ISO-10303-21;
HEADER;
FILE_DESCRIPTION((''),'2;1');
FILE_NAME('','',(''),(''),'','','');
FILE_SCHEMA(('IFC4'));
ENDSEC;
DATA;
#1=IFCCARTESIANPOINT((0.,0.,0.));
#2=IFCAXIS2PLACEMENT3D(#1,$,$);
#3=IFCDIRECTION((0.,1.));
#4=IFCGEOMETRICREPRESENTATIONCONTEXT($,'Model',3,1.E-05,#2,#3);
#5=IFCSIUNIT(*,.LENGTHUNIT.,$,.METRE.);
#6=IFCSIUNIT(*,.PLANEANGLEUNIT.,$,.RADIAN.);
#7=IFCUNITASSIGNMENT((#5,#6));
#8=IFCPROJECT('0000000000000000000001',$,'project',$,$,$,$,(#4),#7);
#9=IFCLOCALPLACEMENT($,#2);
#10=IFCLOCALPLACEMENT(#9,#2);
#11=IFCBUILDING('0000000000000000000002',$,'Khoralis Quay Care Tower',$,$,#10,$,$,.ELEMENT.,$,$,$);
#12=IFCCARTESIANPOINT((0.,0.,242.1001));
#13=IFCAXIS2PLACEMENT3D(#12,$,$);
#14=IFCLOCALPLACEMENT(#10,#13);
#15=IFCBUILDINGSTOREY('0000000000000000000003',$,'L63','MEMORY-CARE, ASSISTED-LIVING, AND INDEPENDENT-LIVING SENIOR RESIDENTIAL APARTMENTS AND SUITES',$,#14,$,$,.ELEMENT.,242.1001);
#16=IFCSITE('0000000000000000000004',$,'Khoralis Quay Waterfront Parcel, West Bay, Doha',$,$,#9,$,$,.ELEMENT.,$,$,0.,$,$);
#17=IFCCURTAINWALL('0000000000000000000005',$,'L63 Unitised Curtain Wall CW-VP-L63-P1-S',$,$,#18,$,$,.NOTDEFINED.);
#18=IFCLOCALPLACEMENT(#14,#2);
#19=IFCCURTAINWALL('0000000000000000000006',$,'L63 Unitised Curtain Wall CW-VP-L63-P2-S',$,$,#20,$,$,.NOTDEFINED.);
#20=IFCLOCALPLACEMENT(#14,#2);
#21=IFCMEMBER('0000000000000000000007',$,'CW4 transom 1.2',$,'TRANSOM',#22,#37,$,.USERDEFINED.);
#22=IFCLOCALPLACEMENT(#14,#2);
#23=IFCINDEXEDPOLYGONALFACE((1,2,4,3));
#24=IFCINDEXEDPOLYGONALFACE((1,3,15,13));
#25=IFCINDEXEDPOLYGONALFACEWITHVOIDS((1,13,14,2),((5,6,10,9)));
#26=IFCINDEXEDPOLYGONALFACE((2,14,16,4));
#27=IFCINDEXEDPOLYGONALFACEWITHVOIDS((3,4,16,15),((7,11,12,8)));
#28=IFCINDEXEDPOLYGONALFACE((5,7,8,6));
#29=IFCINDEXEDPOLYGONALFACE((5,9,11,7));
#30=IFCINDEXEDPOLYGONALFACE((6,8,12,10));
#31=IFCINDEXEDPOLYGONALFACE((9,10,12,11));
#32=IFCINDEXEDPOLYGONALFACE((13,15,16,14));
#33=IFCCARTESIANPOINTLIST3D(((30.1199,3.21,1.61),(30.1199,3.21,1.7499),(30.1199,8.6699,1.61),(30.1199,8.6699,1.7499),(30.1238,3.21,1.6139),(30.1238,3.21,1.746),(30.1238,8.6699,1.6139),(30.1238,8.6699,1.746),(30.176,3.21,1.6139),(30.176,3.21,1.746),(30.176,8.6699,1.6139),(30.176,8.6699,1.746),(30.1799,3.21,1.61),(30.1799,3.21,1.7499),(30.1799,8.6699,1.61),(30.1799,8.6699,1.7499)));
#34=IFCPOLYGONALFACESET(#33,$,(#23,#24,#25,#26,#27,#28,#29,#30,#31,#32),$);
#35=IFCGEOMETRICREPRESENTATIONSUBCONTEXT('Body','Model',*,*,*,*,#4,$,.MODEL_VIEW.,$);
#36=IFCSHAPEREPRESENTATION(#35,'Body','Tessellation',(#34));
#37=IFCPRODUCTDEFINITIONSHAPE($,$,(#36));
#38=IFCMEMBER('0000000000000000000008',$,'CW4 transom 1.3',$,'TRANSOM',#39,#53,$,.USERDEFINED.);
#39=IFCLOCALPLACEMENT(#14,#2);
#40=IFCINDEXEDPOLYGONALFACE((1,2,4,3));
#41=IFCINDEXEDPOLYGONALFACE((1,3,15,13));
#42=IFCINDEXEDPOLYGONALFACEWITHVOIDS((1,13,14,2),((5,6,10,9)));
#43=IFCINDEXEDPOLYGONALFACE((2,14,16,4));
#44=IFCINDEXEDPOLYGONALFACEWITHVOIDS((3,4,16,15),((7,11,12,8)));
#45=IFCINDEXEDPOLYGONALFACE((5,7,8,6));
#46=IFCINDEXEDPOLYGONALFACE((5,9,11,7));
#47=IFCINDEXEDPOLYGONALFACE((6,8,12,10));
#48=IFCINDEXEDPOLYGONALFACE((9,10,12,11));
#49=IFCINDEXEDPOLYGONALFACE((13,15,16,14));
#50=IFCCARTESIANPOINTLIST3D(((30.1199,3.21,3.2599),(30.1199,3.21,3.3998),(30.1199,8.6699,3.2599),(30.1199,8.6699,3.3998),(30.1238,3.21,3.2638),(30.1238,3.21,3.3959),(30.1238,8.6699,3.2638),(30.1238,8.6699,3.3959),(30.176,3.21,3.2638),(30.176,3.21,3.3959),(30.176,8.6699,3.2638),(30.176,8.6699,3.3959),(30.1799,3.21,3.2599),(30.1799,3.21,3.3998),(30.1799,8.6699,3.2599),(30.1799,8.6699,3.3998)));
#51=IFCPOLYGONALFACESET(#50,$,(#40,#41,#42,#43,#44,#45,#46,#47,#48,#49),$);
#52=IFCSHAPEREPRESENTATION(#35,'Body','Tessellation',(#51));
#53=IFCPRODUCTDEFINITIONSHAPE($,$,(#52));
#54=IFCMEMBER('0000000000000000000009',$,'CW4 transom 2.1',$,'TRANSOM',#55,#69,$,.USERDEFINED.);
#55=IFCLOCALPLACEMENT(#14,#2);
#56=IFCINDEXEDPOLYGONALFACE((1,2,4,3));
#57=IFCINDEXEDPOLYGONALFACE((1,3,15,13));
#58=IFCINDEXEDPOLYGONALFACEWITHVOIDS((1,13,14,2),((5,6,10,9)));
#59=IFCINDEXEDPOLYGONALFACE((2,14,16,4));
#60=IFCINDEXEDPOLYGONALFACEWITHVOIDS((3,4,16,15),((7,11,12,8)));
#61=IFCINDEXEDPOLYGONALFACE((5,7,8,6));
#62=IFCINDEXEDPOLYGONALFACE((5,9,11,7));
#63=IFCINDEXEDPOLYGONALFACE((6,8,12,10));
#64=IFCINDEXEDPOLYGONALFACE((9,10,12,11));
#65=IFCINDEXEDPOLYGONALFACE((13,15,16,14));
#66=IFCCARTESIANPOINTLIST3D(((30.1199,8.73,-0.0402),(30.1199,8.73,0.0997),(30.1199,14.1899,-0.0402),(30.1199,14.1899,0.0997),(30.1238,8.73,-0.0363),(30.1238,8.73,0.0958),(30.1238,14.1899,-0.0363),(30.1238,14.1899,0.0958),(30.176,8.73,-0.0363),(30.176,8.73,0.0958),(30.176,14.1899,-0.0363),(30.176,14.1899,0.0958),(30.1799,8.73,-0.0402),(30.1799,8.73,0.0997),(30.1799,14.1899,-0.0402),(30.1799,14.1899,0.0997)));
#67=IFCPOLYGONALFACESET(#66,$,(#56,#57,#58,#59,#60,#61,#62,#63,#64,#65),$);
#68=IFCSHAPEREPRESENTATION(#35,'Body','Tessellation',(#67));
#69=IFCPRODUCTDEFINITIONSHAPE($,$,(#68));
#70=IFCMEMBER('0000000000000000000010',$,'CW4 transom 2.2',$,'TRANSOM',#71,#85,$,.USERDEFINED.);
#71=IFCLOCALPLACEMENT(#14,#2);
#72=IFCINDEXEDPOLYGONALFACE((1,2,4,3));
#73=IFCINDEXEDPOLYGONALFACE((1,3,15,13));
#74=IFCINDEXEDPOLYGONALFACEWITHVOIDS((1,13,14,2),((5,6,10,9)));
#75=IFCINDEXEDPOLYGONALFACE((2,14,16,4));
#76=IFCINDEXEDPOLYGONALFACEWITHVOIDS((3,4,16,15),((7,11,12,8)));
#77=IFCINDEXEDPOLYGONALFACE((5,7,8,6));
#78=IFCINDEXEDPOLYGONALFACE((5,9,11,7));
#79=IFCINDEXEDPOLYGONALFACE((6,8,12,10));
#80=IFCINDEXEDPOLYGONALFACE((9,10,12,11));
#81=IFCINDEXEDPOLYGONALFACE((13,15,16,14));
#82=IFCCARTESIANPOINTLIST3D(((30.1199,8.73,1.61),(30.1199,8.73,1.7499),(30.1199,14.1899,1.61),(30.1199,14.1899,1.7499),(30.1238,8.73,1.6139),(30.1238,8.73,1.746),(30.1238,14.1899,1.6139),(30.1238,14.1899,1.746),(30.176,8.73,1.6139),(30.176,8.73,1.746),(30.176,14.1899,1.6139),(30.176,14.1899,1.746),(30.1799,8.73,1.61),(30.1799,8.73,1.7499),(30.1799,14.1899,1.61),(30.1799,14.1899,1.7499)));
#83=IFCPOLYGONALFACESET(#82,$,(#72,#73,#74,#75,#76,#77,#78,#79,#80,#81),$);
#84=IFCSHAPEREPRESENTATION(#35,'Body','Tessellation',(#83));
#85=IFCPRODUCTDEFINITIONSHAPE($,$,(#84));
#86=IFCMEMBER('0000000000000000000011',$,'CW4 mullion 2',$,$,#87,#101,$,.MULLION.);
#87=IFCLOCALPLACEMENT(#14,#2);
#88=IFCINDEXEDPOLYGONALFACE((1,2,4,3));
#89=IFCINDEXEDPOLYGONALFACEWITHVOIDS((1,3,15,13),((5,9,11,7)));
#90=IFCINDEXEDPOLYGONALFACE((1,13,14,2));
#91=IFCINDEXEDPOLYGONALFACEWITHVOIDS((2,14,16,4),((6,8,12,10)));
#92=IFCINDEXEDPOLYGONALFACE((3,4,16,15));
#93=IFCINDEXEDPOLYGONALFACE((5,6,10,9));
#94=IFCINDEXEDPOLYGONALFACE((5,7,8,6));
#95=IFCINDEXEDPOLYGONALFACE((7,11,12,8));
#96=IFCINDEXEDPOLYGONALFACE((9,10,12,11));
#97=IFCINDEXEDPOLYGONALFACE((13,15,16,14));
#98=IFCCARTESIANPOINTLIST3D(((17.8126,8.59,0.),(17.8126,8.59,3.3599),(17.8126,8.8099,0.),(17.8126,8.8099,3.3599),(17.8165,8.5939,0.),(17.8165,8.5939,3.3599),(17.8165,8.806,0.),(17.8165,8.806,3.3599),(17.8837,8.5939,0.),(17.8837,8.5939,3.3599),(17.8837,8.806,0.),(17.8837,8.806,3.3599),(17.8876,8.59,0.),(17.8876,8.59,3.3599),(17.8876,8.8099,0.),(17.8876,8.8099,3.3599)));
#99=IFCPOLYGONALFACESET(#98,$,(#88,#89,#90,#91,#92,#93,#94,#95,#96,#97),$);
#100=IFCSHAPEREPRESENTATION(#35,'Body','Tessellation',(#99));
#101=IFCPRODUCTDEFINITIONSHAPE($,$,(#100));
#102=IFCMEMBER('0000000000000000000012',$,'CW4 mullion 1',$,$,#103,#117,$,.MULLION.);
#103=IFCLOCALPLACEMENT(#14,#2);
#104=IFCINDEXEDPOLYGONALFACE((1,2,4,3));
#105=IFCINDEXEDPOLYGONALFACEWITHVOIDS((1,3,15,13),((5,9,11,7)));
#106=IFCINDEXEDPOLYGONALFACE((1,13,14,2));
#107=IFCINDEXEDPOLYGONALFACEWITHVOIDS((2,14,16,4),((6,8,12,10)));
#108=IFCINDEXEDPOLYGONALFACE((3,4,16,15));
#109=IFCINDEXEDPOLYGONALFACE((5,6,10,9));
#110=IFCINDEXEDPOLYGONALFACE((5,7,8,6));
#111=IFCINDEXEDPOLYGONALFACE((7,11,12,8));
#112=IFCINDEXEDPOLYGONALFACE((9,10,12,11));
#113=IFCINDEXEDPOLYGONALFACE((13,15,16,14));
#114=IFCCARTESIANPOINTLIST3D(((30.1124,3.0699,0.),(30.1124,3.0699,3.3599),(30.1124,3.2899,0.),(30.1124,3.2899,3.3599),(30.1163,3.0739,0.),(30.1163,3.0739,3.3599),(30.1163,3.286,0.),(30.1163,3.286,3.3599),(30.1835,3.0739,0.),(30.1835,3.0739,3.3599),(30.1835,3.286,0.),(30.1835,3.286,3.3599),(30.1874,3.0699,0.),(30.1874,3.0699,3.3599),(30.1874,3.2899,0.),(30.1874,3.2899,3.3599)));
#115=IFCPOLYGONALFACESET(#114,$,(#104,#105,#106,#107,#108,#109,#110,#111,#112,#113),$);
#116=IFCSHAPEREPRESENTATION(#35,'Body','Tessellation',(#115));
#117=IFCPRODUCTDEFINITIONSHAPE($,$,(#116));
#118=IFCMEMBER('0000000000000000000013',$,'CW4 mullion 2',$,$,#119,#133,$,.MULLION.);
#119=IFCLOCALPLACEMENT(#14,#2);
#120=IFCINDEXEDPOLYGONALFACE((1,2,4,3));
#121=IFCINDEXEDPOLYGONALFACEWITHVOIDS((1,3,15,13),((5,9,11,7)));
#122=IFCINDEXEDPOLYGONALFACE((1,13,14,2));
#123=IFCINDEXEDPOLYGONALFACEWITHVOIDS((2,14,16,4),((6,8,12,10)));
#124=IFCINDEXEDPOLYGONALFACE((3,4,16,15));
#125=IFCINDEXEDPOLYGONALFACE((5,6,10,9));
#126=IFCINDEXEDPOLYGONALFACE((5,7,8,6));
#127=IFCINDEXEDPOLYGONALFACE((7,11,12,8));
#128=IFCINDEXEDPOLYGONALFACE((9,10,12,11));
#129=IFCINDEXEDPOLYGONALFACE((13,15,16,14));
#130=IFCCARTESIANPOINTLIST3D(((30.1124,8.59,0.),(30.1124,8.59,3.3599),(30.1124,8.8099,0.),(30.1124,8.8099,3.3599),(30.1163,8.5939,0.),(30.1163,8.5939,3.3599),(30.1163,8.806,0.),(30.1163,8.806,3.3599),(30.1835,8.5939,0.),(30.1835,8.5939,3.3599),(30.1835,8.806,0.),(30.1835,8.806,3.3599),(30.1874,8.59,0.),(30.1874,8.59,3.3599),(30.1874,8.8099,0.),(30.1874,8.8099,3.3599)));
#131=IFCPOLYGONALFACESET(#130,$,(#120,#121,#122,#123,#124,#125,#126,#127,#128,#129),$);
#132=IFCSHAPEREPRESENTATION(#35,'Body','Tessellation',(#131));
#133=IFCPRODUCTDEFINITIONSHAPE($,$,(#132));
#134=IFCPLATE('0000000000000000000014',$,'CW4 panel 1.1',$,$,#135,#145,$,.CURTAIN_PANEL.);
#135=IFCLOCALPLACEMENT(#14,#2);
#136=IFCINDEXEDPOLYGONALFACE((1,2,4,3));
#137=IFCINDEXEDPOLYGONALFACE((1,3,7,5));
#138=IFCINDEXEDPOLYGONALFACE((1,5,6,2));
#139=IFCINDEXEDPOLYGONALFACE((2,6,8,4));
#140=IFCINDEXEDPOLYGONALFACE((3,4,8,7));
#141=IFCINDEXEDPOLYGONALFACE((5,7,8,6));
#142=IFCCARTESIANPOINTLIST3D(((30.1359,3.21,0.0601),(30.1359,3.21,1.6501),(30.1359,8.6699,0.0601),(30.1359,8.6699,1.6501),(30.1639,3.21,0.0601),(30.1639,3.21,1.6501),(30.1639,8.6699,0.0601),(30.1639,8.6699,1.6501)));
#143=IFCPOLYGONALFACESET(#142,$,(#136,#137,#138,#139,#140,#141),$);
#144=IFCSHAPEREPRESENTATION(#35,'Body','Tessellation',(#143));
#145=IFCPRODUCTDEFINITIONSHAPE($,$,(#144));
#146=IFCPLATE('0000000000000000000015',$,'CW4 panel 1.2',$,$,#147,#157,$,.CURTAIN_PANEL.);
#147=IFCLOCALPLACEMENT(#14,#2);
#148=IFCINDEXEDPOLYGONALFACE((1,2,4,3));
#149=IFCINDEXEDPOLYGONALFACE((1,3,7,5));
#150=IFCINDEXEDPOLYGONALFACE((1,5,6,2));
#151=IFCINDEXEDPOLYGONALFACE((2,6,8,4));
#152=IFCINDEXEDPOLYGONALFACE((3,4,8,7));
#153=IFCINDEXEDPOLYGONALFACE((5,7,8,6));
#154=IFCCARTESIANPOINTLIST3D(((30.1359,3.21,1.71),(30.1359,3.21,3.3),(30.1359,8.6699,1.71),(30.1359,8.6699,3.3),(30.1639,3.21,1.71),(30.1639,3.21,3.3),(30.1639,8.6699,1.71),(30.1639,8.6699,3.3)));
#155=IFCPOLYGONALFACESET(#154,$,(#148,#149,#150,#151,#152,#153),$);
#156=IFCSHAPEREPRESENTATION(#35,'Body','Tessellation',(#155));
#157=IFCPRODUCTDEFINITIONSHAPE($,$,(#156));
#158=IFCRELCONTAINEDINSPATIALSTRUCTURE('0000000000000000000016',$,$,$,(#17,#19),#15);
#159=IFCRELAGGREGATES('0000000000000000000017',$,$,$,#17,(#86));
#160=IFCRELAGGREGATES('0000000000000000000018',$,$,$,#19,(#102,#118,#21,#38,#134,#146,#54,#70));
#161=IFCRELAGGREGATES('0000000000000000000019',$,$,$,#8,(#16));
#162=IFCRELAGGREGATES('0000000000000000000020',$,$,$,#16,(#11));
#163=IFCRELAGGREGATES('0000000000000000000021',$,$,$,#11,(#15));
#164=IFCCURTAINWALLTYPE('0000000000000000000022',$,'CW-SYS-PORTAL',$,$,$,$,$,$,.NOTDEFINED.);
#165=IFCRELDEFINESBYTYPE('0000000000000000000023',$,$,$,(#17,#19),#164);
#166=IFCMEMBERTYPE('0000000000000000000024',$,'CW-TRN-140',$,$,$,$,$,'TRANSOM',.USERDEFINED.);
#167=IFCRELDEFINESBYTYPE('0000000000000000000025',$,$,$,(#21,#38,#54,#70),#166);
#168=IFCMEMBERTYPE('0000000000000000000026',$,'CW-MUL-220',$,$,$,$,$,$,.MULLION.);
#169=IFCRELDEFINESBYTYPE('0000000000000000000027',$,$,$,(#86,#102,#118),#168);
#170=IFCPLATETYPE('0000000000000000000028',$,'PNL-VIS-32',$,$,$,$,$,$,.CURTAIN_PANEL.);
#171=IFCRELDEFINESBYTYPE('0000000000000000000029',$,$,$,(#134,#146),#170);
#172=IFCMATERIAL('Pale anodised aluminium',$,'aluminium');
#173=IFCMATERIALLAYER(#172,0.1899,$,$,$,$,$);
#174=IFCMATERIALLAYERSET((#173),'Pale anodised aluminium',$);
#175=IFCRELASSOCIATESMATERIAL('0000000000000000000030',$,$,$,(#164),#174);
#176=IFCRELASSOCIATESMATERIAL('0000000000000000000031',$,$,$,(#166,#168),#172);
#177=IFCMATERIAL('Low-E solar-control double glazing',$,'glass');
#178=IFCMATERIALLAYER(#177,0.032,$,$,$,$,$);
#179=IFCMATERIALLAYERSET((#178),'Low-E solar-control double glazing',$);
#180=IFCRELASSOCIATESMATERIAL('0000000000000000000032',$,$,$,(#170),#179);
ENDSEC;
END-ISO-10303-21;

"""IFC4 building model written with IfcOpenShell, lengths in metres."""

from ifc_helpers import new_model, si_unit, direction, frame, origin, origin_2d, place, context, subcontext, project, spatial, rectangle, hollow_rectangle, extrude, source, transform, mapped, material, layer, layer_set, material_profile, profile_set, type_object, element, aggregate, save


model = new_model("IFC4")

# Units and contexts
model_context = context("Model", 3, precision=1e-05, world=origin(), true_north=direction((0.0, 1.0)))
body_context = subcontext(model_context, "Body", "Model", "MODEL_VIEW")
ifc_project = project(units=[si_unit("LENGTHUNIT", "METRE"), si_unit("PLANEANGLEUNIT", "RADIAN")], contexts=[model_context])

# Site, building, storey
site_placement = place(None, origin())
site = spatial("IfcSite", under=ifc_project, at=site_placement, Name="Khoralis Quay Waterfront Parcel, West Bay, Doha", CompositionType="ELEMENT", RefElevation=0.0)
building_placement = place(site_placement, origin())
building = spatial("IfcBuilding", under=site, at=building_placement, Name="Khoralis Quay Care Tower", CompositionType="ELEMENT")
storey_placement = place(building_placement, frame((0.0, 0.0, 242.1001)))
storey = spatial("IfcBuildingStorey", under=building, at=storey_placement, Name="L63", Description="MEMORY-CARE, ASSISTED-LIVING, AND INDEPENDENT-LIVING SENIOR RESIDENTIAL APARTMENTS AND SUITES", CompositionType="ELEMENT", Elevation=242.1001)

# Curtain walls, members
ifc_material_1 = material(Name="Pale anodised aluminium", Category="aluminium")
ifc_layer_1 = layer(ifc_material_1, 0.1899)
ifc_layer_set_1 = layer_set([ifc_layer_1], Name="Pale anodised aluminium")
curtain_wall_type = type_object("IfcCurtainWallType", Name="CW-SYS-PORTAL", PredefinedType="NOTDEFINED", material=ifc_layer_set_1)
curtain_wall_1_placement = place(storey_placement, origin())
curtain_wall_1 = element("IfcCurtainWall", 1, at=curtain_wall_1_placement, inside=storey, type_object=curtain_wall_type, Name="L63 Unitised Curtain Wall CW-VP-L63-P1-S", PredefinedType="NOTDEFINED")
ifc_material_profile_1 = material_profile(ifc_material_1, hollow_rectangle(XDim=0.0601, YDim=0.1399, WallThickness=0.0039, at=origin_2d()), Name="Pale anodised aluminium")
ifc_profile_set_1 = profile_set([ifc_material_profile_1], Name="Pale anodised aluminium")
member_type_1 = type_object("IfcMemberType", Name="CW-TRN-140", ElementType="TRANSOM", PredefinedType="USERDEFINED", material=ifc_profile_set_1)
shared_shape_1 = source(origin(), body_context, "Body", "SweptSolid", [
    extrude(hollow_rectangle(XDim=0.0601, YDim=0.1399, WallThickness=0.0039, at=origin_2d()), origin(), (0.0, 0.0, 1.0), 5.46),
])
curtain_wall_2_placement = place(storey_placement, origin())
curtain_wall_2 = element("IfcCurtainWall", 2, at=curtain_wall_2_placement, inside=storey, type_object=curtain_wall_type, Name="L63 Unitised Curtain Wall CW-VP-L63-P2-S", PredefinedType="NOTDEFINED")
member_1_placement = place(storey_placement, frame((30.1499, 3.21, 1.6799), z_axis=(0.0, 1.0, 0.0), x_axis=(-1.0, 0.0, 0.0)))
member_1 = element("IfcMember", 3, at=member_1_placement, type_object=member_type_1, Name="CW4 transom 1.2", ObjectType="TRANSOM", PredefinedType="USERDEFINED", context=body_context, shape_type="MappedRepresentation", body=[
    mapped(shared_shape_1, transform((0.0, 0.0, 0.0), scale=1.0)),
])
member_2_placement = place(storey_placement, frame((30.1499, 3.21, 3.3298), z_axis=(0.0, 1.0, 0.0), x_axis=(-1.0, 0.0, 0.0)))
member_2 = element("IfcMember", 4, at=member_2_placement, type_object=member_type_1, Name="CW4 transom 1.3", ObjectType="TRANSOM", PredefinedType="USERDEFINED", context=body_context, shape_type="MappedRepresentation", body=[
    mapped(shared_shape_1, transform((0.0, 0.0, 0.0), scale=1.0)),
])
member_3_placement = place(storey_placement, frame((30.1499, 8.73, 0.0298), z_axis=(0.0, 1.0, 0.0), x_axis=(-1.0, 0.0, 0.0)))
member_3 = element("IfcMember", 5, at=member_3_placement, type_object=member_type_1, Name="CW4 transom 2.1", ObjectType="TRANSOM", PredefinedType="USERDEFINED", context=body_context, shape_type="MappedRepresentation", body=[
    mapped(shared_shape_1, transform((0.0, 0.0, 0.0), scale=1.0)),
])
member_4_placement = place(storey_placement, frame((30.1499, 8.73, 1.6799), z_axis=(0.0, 1.0, 0.0), x_axis=(-1.0, 0.0, 0.0)))
member_4 = element("IfcMember", 6, at=member_4_placement, type_object=member_type_1, Name="CW4 transom 2.2", ObjectType="TRANSOM", PredefinedType="USERDEFINED", context=body_context, shape_type="MappedRepresentation", body=[
    mapped(shared_shape_1, transform((0.0, 0.0, 0.0), scale=1.0)),
])

# Members
ifc_material_profile_2 = material_profile(ifc_material_1, hollow_rectangle(XDim=0.075, YDim=0.22, WallThickness=0.0039, at=origin_2d()), Name="Pale anodised aluminium")
ifc_profile_set_2 = profile_set([ifc_material_profile_2], Name="Pale anodised aluminium")
member_type_2 = type_object("IfcMemberType", Name="CW-MUL-220", PredefinedType="MULLION", material=ifc_profile_set_2)
shared_shape_2 = source(origin(), body_context, "Body", "SweptSolid", [
    extrude(hollow_rectangle(XDim=0.075, YDim=0.22, WallThickness=0.0039, at=origin_2d()), origin(), (0.0, 0.0, 1.0), 3.3599),
])
member_5_placement = place(storey_placement, frame((17.8501, 8.7, 0.0), z_axis=(0.0, 0.0, 1.0), x_axis=(-1.0, 0.0, 0.0)))
member_5 = element("IfcMember", 7, at=member_5_placement, type_object=member_type_2, Name="CW4 mullion 2", PredefinedType="MULLION", context=body_context, shape_type="MappedRepresentation", body=[
    mapped(shared_shape_2, transform((0.0, 0.0, 0.0), scale=1.0)),
])
aggregate(curtain_wall_1, [member_5])
member_6_placement = place(storey_placement, frame((30.1499, 3.1799, 0.0), z_axis=(0.0, 0.0, 1.0), x_axis=(-1.0, 0.0, 0.0)))
member_6 = element("IfcMember", 8, at=member_6_placement, type_object=member_type_2, Name="CW4 mullion 1", PredefinedType="MULLION", context=body_context, shape_type="MappedRepresentation", body=[
    mapped(shared_shape_2, transform((0.0, 0.0, 0.0), scale=1.0)),
])
member_7_placement = place(storey_placement, frame((30.1499, 8.7, 0.0), z_axis=(0.0, 0.0, 1.0), x_axis=(-1.0, 0.0, 0.0)))
member_7 = element("IfcMember", 9, at=member_7_placement, type_object=member_type_2, Name="CW4 mullion 2", PredefinedType="MULLION", context=body_context, shape_type="MappedRepresentation", body=[
    mapped(shared_shape_2, transform((0.0, 0.0, 0.0), scale=1.0)),
])

# Plates
ifc_material_2 = material(Name="Low-E solar-control double glazing", Category="glass")
ifc_layer_2 = layer(ifc_material_2, 0.032)
ifc_layer_set_2 = layer_set([ifc_layer_2], Name="Low-E solar-control double glazing")
plate_type = type_object("IfcPlateType", Name="PNL-VIS-32", PredefinedType="CURTAIN_PANEL", material=ifc_layer_set_2)
shared_shape_3 = source(origin(), body_context, "Body", "SweptSolid", [
    extrude(rectangle(XDim=5.46, YDim=0.0281, at=origin_2d()), origin(), (0.0, 0.0, 1.0), 1.5901),
])
plate_1_placement = place(storey_placement, frame((30.1499, 5.9399, 0.0601), z_axis=(0.0, 0.0, 1.0), x_axis=(0.0, 1.0, 0.0)))
plate_1 = element("IfcPlate", 10, at=plate_1_placement, type_object=plate_type, Name="CW4 panel 1.1", PredefinedType="CURTAIN_PANEL", context=body_context, shape_type="MappedRepresentation", body=[
    mapped(shared_shape_3, transform((0.0, 0.0, 0.0), scale=1.0)),
])
plate_2_placement = place(storey_placement, frame((30.1499, 5.9399, 1.71), z_axis=(0.0, 0.0, 1.0), x_axis=(0.0, 1.0, 0.0)))
plate_2 = element("IfcPlate", 11, at=plate_2_placement, type_object=plate_type, Name="CW4 panel 1.2", PredefinedType="CURTAIN_PANEL", context=body_context, shape_type="MappedRepresentation", body=[
    mapped(shared_shape_3, transform((0.0, 0.0, 0.0), scale=1.0)),
])
aggregate(curtain_wall_2, [member_6, member_7, member_1, member_2, plate_1, plate_2, member_3, member_4])

save(model, "model.ifc")
